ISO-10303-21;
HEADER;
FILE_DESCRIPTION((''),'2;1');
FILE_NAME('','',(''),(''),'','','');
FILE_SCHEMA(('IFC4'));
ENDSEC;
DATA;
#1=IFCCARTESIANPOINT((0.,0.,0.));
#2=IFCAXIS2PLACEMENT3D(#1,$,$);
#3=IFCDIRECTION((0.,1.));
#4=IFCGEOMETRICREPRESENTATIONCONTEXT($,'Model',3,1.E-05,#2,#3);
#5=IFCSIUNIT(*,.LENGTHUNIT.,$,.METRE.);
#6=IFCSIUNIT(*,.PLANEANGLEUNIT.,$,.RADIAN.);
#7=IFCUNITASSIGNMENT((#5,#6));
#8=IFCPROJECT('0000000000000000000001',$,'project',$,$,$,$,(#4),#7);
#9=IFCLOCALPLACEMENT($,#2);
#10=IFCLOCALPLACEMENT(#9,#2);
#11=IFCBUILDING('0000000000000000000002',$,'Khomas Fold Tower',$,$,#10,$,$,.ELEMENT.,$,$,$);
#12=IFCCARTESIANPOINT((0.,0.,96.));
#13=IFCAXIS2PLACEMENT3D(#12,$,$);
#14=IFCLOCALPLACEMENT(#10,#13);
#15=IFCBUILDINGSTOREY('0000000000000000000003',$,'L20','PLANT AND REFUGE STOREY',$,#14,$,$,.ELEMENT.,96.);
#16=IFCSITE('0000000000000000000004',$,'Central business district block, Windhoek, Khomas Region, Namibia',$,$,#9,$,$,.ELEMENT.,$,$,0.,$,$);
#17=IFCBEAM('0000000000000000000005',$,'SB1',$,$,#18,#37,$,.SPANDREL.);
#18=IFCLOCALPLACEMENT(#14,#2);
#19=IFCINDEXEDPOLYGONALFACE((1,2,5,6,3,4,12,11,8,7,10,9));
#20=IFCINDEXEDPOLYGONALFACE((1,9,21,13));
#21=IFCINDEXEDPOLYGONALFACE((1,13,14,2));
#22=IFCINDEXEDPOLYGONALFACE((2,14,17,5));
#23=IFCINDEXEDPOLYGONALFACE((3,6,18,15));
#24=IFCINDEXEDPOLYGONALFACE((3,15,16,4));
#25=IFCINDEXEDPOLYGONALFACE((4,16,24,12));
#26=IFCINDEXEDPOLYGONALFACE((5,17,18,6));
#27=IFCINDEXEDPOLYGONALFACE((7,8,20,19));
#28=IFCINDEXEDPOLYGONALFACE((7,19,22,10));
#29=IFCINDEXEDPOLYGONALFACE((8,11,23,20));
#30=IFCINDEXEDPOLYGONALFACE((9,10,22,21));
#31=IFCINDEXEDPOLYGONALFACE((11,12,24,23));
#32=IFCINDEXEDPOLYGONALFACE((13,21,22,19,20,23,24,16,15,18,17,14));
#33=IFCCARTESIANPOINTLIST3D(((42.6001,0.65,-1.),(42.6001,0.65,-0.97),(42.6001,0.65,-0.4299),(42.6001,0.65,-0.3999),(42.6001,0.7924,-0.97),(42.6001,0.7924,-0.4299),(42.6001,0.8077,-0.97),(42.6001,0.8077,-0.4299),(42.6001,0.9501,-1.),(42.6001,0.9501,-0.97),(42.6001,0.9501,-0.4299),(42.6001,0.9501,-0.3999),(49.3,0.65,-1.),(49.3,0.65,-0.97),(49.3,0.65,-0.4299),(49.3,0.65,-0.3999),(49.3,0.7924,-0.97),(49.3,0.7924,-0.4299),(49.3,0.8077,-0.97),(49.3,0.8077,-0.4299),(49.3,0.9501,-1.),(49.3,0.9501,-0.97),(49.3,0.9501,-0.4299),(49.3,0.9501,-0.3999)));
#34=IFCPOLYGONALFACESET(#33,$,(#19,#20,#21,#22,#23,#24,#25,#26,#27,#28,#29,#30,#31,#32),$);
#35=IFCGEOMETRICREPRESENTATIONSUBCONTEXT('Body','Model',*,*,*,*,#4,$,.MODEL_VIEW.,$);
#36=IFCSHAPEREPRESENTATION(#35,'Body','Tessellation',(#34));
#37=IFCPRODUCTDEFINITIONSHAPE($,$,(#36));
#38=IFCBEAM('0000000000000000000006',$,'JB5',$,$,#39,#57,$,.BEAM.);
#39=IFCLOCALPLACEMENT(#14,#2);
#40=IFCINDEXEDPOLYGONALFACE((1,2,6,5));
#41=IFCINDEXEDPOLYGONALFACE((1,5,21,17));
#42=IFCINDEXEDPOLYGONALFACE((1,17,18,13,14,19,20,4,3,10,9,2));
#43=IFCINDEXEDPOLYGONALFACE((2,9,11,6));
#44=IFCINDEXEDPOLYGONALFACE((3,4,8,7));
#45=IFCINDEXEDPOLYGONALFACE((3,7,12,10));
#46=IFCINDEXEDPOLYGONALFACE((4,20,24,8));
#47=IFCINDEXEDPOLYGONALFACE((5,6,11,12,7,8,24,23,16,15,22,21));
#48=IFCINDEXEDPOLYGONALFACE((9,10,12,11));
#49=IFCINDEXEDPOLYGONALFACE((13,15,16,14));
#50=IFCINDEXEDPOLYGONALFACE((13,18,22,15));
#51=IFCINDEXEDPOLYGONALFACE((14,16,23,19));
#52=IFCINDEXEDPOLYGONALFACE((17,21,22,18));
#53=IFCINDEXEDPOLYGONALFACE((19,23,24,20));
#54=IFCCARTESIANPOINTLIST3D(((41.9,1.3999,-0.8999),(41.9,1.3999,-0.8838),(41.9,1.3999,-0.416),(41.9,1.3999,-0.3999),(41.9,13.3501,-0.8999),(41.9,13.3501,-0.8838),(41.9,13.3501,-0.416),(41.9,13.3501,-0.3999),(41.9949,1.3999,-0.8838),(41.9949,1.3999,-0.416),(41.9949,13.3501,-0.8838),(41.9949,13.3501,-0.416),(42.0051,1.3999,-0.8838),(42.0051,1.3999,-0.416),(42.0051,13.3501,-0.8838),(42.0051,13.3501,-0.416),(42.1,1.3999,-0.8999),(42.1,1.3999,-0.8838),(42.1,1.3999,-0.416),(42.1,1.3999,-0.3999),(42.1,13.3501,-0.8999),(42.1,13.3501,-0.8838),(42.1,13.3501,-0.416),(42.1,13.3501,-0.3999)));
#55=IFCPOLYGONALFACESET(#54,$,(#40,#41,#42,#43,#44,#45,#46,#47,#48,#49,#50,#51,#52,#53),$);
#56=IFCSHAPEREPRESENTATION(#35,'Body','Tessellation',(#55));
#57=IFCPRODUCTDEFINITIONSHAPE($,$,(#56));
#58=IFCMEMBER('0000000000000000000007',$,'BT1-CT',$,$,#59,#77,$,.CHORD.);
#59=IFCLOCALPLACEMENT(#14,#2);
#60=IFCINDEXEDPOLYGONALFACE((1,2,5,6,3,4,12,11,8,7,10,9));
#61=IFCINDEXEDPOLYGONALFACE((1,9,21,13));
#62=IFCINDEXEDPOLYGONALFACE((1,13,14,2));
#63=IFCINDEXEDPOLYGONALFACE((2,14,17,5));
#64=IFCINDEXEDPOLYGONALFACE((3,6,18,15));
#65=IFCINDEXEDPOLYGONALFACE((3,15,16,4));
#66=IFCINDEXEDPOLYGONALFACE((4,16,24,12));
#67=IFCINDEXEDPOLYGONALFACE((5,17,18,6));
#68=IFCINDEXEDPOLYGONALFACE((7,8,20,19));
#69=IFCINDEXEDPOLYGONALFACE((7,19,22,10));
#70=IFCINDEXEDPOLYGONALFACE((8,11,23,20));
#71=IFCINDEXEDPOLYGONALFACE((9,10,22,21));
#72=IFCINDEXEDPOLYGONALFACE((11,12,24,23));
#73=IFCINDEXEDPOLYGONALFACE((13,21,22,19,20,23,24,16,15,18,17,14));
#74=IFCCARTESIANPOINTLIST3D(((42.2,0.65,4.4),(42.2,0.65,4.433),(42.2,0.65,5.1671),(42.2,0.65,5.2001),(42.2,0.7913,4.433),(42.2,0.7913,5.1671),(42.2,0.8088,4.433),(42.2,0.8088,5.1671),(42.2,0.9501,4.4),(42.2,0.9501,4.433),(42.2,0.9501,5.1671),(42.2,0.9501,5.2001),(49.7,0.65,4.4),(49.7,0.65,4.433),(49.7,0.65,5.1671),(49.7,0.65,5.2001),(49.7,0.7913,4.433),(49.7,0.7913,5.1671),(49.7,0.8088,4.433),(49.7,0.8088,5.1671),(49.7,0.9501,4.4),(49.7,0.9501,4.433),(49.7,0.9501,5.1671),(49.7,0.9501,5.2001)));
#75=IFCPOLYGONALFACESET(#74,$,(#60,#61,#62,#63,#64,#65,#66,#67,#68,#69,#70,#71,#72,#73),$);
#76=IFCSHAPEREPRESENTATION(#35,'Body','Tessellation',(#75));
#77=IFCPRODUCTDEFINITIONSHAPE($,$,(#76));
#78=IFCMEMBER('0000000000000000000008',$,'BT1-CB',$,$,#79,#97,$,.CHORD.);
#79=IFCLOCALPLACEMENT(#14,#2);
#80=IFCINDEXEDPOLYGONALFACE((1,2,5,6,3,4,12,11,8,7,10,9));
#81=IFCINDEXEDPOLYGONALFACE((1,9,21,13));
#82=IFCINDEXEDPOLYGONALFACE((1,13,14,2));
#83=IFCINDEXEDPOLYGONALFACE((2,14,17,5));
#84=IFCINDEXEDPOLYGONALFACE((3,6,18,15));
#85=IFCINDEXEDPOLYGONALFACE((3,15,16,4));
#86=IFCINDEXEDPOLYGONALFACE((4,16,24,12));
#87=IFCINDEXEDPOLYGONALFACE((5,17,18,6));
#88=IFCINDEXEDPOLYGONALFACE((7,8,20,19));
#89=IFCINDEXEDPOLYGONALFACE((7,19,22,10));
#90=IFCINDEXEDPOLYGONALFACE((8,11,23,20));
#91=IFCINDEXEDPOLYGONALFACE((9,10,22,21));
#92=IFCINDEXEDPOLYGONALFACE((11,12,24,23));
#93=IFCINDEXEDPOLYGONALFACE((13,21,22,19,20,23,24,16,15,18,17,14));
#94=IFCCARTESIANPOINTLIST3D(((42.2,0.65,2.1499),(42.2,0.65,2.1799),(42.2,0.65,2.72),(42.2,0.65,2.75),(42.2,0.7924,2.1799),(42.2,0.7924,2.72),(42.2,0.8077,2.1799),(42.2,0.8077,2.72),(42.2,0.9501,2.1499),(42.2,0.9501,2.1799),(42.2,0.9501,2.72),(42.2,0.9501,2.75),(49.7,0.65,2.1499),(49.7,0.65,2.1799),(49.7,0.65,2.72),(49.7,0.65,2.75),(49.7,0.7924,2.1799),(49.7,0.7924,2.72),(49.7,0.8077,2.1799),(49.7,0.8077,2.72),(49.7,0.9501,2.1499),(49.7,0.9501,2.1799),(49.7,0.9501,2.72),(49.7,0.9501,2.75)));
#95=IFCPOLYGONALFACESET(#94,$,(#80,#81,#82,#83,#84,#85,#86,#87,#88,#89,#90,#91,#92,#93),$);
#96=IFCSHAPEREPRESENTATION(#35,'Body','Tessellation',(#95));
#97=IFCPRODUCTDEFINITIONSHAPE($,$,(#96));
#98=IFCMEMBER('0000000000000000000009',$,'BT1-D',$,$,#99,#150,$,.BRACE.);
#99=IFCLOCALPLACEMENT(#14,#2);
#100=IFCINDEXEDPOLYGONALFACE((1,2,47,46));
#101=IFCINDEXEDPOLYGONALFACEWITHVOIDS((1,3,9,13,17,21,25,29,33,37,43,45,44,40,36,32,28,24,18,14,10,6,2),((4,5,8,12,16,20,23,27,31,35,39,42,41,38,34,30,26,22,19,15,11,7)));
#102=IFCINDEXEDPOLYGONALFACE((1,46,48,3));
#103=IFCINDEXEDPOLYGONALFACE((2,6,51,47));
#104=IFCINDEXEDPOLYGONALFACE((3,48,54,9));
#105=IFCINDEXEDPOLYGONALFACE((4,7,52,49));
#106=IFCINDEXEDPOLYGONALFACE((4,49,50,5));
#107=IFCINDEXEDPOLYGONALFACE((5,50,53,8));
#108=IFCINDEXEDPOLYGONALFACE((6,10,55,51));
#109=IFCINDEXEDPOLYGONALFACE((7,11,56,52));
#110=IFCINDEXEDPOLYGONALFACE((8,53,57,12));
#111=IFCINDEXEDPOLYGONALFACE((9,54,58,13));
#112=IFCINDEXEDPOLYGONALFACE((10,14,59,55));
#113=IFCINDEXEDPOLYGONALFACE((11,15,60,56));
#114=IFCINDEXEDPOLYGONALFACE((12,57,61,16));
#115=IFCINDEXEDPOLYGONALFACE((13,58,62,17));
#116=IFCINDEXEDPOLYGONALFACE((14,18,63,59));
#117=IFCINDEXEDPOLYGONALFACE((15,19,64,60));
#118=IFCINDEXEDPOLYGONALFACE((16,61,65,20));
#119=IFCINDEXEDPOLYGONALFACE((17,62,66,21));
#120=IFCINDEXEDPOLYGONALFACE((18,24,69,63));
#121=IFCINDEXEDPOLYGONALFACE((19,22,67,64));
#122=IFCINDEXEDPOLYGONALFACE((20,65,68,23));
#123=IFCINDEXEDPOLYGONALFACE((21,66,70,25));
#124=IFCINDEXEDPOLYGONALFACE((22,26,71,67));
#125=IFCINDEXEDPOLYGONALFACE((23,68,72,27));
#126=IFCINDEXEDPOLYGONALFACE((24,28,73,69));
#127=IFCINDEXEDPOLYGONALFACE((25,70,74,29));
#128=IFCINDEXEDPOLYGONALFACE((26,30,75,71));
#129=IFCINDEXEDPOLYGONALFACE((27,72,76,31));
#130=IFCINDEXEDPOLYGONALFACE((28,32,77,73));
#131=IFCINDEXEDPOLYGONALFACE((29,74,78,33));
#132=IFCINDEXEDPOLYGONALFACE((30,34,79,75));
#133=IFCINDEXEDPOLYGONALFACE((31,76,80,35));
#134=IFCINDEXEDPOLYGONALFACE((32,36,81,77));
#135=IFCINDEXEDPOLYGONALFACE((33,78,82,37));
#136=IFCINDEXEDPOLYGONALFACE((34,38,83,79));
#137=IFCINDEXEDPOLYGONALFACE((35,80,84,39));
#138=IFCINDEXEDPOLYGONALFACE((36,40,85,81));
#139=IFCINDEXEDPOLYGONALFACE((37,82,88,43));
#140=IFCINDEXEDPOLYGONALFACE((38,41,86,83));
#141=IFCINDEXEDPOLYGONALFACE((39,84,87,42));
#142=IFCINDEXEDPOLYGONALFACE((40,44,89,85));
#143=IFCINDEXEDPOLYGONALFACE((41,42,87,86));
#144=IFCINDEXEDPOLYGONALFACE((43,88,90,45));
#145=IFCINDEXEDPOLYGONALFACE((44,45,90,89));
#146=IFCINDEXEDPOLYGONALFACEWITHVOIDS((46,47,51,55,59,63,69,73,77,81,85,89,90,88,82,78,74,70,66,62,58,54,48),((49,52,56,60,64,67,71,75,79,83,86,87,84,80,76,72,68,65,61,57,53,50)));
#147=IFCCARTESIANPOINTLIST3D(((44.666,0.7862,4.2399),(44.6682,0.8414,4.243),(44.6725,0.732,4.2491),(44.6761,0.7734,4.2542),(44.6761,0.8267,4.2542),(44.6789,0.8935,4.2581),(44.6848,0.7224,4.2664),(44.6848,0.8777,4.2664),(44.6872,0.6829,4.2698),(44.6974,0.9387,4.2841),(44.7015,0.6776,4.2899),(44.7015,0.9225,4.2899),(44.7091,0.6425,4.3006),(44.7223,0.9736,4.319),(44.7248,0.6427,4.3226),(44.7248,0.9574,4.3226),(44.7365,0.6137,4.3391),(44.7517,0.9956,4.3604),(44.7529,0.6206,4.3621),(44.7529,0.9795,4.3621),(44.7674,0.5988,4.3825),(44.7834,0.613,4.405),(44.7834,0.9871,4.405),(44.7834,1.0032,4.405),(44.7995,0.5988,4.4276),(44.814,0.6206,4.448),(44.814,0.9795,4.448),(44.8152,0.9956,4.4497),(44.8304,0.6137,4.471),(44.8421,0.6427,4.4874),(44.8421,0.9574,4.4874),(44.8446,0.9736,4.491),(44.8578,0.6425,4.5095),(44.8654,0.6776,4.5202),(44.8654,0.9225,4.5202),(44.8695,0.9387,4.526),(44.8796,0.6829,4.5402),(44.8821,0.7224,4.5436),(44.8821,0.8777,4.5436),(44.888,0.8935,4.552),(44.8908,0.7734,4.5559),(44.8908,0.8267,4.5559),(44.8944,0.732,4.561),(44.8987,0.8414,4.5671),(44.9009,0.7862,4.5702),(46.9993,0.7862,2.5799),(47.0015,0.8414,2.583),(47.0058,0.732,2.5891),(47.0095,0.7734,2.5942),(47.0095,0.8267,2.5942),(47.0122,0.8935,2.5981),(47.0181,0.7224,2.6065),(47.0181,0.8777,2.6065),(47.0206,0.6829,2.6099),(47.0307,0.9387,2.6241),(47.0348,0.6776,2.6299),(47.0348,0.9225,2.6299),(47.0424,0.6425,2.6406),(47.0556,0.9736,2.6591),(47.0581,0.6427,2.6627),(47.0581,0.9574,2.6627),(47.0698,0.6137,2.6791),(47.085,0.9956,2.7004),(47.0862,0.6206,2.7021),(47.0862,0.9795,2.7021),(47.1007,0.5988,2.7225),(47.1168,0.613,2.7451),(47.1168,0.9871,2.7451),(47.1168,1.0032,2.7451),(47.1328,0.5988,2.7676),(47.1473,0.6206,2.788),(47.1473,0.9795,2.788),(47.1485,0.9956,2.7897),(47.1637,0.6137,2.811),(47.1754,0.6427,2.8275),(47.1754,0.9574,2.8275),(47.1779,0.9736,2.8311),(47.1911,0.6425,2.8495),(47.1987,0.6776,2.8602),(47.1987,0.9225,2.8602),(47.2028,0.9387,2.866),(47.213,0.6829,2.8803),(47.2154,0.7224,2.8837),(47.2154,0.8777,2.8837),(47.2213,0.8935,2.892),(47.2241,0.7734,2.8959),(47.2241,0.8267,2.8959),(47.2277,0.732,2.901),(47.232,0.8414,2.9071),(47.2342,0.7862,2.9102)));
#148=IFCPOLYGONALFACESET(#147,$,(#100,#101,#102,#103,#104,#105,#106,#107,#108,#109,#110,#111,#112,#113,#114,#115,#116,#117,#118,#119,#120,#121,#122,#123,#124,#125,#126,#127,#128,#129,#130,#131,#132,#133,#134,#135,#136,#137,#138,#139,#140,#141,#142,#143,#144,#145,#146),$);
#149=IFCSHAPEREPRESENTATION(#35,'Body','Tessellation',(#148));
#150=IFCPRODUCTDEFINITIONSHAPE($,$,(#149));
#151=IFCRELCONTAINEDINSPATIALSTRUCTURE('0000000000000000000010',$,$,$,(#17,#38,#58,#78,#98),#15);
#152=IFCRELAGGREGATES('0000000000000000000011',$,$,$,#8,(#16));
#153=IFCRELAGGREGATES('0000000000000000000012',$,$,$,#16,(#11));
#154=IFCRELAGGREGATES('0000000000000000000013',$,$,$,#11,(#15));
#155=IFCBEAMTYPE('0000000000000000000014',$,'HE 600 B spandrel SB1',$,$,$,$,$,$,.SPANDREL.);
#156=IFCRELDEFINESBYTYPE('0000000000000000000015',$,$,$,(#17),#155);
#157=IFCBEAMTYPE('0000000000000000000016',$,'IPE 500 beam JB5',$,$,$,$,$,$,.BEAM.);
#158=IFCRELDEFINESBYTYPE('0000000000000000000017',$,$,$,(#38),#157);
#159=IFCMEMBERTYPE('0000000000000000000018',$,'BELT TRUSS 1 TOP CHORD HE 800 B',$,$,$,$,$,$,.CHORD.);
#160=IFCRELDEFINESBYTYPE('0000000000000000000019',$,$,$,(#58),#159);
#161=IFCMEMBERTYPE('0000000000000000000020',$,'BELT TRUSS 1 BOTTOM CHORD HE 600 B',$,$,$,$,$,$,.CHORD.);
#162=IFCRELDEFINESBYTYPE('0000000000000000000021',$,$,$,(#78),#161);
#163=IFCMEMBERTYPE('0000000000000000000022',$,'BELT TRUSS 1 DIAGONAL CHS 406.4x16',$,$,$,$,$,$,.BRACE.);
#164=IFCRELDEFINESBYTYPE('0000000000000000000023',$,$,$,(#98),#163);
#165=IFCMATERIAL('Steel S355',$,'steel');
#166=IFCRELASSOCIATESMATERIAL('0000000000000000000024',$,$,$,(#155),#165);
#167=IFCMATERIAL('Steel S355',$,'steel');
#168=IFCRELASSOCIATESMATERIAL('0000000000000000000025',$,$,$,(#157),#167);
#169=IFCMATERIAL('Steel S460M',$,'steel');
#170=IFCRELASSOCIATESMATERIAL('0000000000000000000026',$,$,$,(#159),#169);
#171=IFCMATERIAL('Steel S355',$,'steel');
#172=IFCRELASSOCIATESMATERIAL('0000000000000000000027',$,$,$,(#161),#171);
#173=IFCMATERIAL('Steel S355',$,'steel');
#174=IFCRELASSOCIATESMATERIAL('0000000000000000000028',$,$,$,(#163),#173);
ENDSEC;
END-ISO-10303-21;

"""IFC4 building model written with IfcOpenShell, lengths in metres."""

from ifc_helpers import new_model, si_unit, direction, frame, origin, origin_2d, place, context, subcontext, project, spatial, hollow_circle, i_section, extrude, source, transform, mapped, material, material_profile, profile_set, type_object, element, save


model = new_model("IFC4")

# Units and contexts
model_context = context("Model", 3, precision=1e-05, world=origin(), true_north=direction((0.0, 1.0)))
body_context = subcontext(model_context, "Body", "Model", "MODEL_VIEW")
ifc_project = project(units=[si_unit("LENGTHUNIT", "METRE"), si_unit("PLANEANGLEUNIT", "RADIAN")], contexts=[model_context])

# Site, building, storey
site_placement = place(None, origin())
site = spatial("IfcSite", under=ifc_project, at=site_placement, Name="Central business district block, Windhoek, Khomas Region, Namibia", CompositionType="ELEMENT", RefElevation=0.0)
building_placement = place(site_placement, origin())
building = spatial("IfcBuilding", under=site, at=building_placement, Name="Khomas Fold Tower", CompositionType="ELEMENT")
storey_placement = place(building_placement, frame((0.0, 0.0, 96.0)))
storey = spatial("IfcBuildingStorey", under=building, at=storey_placement, Name="L20", Description="PLANT AND REFUGE STOREY", CompositionType="ELEMENT", Elevation=96.0)

# Beams
ifc_material_1 = material(Name="Steel S355", Category="steel")
ifc_material_profile_1 = material_profile(ifc_material_1, i_section(OverallWidth=0.3, OverallDepth=0.6001, WebThickness=0.0154, FlangeThickness=0.03, at=origin_2d()), Name="HE 600 B")
ifc_profile_set_1 = profile_set([ifc_material_profile_1], Name="Steel S355")
beam_type_1 = type_object("IfcBeamType", Name="HE 600 B spandrel SB1", PredefinedType="SPANDREL", material=ifc_profile_set_1)
shared_shape_1 = source(origin(), body_context, "Body", "SweptSolid", [
    extrude(i_section(OverallWidth=0.3, OverallDepth=0.6001, WebThickness=0.0154, FlangeThickness=0.03, at=origin_2d()), origin(), (0.0, 0.0, 1.0), 6.7),
])
beam_1_placement = place(storey_placement, frame((42.6001, 0.8, -0.7), z_axis=(1.0, 0.0, 0.0), x_axis=(0.0, 1.0, 0.0)))
element("IfcBeam", 1, at=beam_1_placement, inside=storey, type_object=beam_type_1, Name="SB1", PredefinedType="SPANDREL", context=body_context, shape_type="MappedRepresentation", body=[
    mapped(shared_shape_1, transform((0.0, 0.0, 0.0))),
])
ifc_material_2 = material(Name="Steel S355", Category="steel")
ifc_material_profile_2 = material_profile(ifc_material_2, i_section(OverallWidth=0.2, OverallDepth=0.5, WebThickness=0.0103, FlangeThickness=0.0161, at=origin_2d()), Name="IPE 500")
ifc_profile_set_2 = profile_set([ifc_material_profile_2], Name="Steel S355")
beam_type_2 = type_object("IfcBeamType", Name="IPE 500 beam JB5", PredefinedType="BEAM", material=ifc_profile_set_2)
shared_shape_2 = source(origin(), body_context, "Body", "SweptSolid", [
    extrude(i_section(OverallWidth=0.2, OverallDepth=0.5, WebThickness=0.0103, FlangeThickness=0.0161, at=origin_2d()), origin(), (0.0, 0.0, 1.0), 11.9502),
])
beam_2_placement = place(storey_placement, frame((42.0, 1.3999, -0.6499), z_axis=(0.0, 1.0, 0.0), x_axis=(-1.0, 0.0, 0.0)))
element("IfcBeam", 2, at=beam_2_placement, inside=storey, type_object=beam_type_2, Name="JB5", PredefinedType="BEAM", context=body_context, shape_type="MappedRepresentation", body=[
    mapped(shared_shape_2, transform((0.0, 0.0, 0.0))),
])

# Members
ifc_material_3 = material(Name="Steel S460M", Category="steel")
ifc_material_profile_3 = material_profile(ifc_material_3, i_section(OverallWidth=0.3, OverallDepth=0.8, WebThickness=0.0176, FlangeThickness=0.033, at=origin_2d()), Name="HE 800 B")
ifc_profile_set_3 = profile_set([ifc_material_profile_3], Name="Steel S460M")
member_type_1 = type_object("IfcMemberType", Name="BELT TRUSS 1 TOP CHORD HE 800 B", PredefinedType="CHORD", material=ifc_profile_set_3)
shared_shape_3 = source(origin(), body_context, "Body", "SweptSolid", [
    extrude(i_section(OverallWidth=0.3, OverallDepth=0.8, WebThickness=0.0176, FlangeThickness=0.033, at=origin_2d()), origin(), (0.0, 0.0, 1.0), 7.5),
])
member_1_placement = place(storey_placement, frame((42.2, 0.8, 4.8), z_axis=(1.0, 0.0, 0.0), x_axis=(0.0, 1.0, 0.0)))
element("IfcMember", 3, at=member_1_placement, inside=storey, type_object=member_type_1, Name="BT1-CT", PredefinedType="CHORD", context=body_context, shape_type="MappedRepresentation", body=[
    mapped(shared_shape_3, transform((0.0, 0.0, 0.0))),
])
ifc_material_4 = material(Name="Steel S355", Category="steel")
ifc_material_profile_4 = material_profile(ifc_material_4, i_section(OverallWidth=0.3, OverallDepth=0.6001, WebThickness=0.0154, FlangeThickness=0.03, at=origin_2d()), Name="HE 600 B")
ifc_profile_set_4 = profile_set([ifc_material_profile_4], Name="Steel S355")
member_type_2 = type_object("IfcMemberType", Name="BELT TRUSS 1 BOTTOM CHORD HE 600 B", PredefinedType="CHORD", material=ifc_profile_set_4)
shared_shape_4 = source(origin(), body_context, "Body", "SweptSolid", [
    extrude(i_section(OverallWidth=0.3, OverallDepth=0.6001, WebThickness=0.0154, FlangeThickness=0.03, at=origin_2d()), origin(), (0.0, 0.0, 1.0), 7.5),
])
member_2_placement = place(storey_placement, frame((42.2, 0.8, 2.45), z_axis=(1.0, 0.0, 0.0), x_axis=(0.0, 1.0, 0.0)))
element("IfcMember", 4, at=member_2_placement, inside=storey, type_object=member_type_2, Name="BT1-CB", PredefinedType="CHORD", context=body_context, shape_type="MappedRepresentation", body=[
    mapped(shared_shape_4, transform((0.0, 0.0, 0.0))),
])
ifc_material_5 = material(Name="Steel S355", Category="steel")
ifc_material_profile_5 = material_profile(ifc_material_5, hollow_circle(Radius=0.2031, WallThickness=0.0161, at=origin_2d()), Name="CHS 406.4x16")
ifc_profile_set_5 = profile_set([ifc_material_profile_5], Name="Steel S355")
member_type_3 = type_object("IfcMemberType", Name="BELT TRUSS 1 DIAGONAL CHS 406.4x16", PredefinedType="BRACE", material=ifc_profile_set_5)
shared_shape_5 = source(origin(), body_context, "Body", "SweptSolid", [
    extrude(hollow_circle(Radius=0.2031, WallThickness=0.0161, at=origin_2d()), origin(), (0.0, 0.0, 1.0), 2.8635),
])
member_3_placement = place(storey_placement, frame((44.7834, 0.8, 4.405), z_axis=(0.814838, 0.0, -0.579689), x_axis=(0.0, 1.0, 0.0)))
element("IfcMember", 5, at=member_3_placement, inside=storey, type_object=member_type_3, Name="BT1-D", PredefinedType="BRACE", context=body_context, shape_type="MappedRepresentation", body=[
    mapped(shared_shape_5, transform((0.0, 0.0, 0.0))),
])

save(model, "model.ifc")
